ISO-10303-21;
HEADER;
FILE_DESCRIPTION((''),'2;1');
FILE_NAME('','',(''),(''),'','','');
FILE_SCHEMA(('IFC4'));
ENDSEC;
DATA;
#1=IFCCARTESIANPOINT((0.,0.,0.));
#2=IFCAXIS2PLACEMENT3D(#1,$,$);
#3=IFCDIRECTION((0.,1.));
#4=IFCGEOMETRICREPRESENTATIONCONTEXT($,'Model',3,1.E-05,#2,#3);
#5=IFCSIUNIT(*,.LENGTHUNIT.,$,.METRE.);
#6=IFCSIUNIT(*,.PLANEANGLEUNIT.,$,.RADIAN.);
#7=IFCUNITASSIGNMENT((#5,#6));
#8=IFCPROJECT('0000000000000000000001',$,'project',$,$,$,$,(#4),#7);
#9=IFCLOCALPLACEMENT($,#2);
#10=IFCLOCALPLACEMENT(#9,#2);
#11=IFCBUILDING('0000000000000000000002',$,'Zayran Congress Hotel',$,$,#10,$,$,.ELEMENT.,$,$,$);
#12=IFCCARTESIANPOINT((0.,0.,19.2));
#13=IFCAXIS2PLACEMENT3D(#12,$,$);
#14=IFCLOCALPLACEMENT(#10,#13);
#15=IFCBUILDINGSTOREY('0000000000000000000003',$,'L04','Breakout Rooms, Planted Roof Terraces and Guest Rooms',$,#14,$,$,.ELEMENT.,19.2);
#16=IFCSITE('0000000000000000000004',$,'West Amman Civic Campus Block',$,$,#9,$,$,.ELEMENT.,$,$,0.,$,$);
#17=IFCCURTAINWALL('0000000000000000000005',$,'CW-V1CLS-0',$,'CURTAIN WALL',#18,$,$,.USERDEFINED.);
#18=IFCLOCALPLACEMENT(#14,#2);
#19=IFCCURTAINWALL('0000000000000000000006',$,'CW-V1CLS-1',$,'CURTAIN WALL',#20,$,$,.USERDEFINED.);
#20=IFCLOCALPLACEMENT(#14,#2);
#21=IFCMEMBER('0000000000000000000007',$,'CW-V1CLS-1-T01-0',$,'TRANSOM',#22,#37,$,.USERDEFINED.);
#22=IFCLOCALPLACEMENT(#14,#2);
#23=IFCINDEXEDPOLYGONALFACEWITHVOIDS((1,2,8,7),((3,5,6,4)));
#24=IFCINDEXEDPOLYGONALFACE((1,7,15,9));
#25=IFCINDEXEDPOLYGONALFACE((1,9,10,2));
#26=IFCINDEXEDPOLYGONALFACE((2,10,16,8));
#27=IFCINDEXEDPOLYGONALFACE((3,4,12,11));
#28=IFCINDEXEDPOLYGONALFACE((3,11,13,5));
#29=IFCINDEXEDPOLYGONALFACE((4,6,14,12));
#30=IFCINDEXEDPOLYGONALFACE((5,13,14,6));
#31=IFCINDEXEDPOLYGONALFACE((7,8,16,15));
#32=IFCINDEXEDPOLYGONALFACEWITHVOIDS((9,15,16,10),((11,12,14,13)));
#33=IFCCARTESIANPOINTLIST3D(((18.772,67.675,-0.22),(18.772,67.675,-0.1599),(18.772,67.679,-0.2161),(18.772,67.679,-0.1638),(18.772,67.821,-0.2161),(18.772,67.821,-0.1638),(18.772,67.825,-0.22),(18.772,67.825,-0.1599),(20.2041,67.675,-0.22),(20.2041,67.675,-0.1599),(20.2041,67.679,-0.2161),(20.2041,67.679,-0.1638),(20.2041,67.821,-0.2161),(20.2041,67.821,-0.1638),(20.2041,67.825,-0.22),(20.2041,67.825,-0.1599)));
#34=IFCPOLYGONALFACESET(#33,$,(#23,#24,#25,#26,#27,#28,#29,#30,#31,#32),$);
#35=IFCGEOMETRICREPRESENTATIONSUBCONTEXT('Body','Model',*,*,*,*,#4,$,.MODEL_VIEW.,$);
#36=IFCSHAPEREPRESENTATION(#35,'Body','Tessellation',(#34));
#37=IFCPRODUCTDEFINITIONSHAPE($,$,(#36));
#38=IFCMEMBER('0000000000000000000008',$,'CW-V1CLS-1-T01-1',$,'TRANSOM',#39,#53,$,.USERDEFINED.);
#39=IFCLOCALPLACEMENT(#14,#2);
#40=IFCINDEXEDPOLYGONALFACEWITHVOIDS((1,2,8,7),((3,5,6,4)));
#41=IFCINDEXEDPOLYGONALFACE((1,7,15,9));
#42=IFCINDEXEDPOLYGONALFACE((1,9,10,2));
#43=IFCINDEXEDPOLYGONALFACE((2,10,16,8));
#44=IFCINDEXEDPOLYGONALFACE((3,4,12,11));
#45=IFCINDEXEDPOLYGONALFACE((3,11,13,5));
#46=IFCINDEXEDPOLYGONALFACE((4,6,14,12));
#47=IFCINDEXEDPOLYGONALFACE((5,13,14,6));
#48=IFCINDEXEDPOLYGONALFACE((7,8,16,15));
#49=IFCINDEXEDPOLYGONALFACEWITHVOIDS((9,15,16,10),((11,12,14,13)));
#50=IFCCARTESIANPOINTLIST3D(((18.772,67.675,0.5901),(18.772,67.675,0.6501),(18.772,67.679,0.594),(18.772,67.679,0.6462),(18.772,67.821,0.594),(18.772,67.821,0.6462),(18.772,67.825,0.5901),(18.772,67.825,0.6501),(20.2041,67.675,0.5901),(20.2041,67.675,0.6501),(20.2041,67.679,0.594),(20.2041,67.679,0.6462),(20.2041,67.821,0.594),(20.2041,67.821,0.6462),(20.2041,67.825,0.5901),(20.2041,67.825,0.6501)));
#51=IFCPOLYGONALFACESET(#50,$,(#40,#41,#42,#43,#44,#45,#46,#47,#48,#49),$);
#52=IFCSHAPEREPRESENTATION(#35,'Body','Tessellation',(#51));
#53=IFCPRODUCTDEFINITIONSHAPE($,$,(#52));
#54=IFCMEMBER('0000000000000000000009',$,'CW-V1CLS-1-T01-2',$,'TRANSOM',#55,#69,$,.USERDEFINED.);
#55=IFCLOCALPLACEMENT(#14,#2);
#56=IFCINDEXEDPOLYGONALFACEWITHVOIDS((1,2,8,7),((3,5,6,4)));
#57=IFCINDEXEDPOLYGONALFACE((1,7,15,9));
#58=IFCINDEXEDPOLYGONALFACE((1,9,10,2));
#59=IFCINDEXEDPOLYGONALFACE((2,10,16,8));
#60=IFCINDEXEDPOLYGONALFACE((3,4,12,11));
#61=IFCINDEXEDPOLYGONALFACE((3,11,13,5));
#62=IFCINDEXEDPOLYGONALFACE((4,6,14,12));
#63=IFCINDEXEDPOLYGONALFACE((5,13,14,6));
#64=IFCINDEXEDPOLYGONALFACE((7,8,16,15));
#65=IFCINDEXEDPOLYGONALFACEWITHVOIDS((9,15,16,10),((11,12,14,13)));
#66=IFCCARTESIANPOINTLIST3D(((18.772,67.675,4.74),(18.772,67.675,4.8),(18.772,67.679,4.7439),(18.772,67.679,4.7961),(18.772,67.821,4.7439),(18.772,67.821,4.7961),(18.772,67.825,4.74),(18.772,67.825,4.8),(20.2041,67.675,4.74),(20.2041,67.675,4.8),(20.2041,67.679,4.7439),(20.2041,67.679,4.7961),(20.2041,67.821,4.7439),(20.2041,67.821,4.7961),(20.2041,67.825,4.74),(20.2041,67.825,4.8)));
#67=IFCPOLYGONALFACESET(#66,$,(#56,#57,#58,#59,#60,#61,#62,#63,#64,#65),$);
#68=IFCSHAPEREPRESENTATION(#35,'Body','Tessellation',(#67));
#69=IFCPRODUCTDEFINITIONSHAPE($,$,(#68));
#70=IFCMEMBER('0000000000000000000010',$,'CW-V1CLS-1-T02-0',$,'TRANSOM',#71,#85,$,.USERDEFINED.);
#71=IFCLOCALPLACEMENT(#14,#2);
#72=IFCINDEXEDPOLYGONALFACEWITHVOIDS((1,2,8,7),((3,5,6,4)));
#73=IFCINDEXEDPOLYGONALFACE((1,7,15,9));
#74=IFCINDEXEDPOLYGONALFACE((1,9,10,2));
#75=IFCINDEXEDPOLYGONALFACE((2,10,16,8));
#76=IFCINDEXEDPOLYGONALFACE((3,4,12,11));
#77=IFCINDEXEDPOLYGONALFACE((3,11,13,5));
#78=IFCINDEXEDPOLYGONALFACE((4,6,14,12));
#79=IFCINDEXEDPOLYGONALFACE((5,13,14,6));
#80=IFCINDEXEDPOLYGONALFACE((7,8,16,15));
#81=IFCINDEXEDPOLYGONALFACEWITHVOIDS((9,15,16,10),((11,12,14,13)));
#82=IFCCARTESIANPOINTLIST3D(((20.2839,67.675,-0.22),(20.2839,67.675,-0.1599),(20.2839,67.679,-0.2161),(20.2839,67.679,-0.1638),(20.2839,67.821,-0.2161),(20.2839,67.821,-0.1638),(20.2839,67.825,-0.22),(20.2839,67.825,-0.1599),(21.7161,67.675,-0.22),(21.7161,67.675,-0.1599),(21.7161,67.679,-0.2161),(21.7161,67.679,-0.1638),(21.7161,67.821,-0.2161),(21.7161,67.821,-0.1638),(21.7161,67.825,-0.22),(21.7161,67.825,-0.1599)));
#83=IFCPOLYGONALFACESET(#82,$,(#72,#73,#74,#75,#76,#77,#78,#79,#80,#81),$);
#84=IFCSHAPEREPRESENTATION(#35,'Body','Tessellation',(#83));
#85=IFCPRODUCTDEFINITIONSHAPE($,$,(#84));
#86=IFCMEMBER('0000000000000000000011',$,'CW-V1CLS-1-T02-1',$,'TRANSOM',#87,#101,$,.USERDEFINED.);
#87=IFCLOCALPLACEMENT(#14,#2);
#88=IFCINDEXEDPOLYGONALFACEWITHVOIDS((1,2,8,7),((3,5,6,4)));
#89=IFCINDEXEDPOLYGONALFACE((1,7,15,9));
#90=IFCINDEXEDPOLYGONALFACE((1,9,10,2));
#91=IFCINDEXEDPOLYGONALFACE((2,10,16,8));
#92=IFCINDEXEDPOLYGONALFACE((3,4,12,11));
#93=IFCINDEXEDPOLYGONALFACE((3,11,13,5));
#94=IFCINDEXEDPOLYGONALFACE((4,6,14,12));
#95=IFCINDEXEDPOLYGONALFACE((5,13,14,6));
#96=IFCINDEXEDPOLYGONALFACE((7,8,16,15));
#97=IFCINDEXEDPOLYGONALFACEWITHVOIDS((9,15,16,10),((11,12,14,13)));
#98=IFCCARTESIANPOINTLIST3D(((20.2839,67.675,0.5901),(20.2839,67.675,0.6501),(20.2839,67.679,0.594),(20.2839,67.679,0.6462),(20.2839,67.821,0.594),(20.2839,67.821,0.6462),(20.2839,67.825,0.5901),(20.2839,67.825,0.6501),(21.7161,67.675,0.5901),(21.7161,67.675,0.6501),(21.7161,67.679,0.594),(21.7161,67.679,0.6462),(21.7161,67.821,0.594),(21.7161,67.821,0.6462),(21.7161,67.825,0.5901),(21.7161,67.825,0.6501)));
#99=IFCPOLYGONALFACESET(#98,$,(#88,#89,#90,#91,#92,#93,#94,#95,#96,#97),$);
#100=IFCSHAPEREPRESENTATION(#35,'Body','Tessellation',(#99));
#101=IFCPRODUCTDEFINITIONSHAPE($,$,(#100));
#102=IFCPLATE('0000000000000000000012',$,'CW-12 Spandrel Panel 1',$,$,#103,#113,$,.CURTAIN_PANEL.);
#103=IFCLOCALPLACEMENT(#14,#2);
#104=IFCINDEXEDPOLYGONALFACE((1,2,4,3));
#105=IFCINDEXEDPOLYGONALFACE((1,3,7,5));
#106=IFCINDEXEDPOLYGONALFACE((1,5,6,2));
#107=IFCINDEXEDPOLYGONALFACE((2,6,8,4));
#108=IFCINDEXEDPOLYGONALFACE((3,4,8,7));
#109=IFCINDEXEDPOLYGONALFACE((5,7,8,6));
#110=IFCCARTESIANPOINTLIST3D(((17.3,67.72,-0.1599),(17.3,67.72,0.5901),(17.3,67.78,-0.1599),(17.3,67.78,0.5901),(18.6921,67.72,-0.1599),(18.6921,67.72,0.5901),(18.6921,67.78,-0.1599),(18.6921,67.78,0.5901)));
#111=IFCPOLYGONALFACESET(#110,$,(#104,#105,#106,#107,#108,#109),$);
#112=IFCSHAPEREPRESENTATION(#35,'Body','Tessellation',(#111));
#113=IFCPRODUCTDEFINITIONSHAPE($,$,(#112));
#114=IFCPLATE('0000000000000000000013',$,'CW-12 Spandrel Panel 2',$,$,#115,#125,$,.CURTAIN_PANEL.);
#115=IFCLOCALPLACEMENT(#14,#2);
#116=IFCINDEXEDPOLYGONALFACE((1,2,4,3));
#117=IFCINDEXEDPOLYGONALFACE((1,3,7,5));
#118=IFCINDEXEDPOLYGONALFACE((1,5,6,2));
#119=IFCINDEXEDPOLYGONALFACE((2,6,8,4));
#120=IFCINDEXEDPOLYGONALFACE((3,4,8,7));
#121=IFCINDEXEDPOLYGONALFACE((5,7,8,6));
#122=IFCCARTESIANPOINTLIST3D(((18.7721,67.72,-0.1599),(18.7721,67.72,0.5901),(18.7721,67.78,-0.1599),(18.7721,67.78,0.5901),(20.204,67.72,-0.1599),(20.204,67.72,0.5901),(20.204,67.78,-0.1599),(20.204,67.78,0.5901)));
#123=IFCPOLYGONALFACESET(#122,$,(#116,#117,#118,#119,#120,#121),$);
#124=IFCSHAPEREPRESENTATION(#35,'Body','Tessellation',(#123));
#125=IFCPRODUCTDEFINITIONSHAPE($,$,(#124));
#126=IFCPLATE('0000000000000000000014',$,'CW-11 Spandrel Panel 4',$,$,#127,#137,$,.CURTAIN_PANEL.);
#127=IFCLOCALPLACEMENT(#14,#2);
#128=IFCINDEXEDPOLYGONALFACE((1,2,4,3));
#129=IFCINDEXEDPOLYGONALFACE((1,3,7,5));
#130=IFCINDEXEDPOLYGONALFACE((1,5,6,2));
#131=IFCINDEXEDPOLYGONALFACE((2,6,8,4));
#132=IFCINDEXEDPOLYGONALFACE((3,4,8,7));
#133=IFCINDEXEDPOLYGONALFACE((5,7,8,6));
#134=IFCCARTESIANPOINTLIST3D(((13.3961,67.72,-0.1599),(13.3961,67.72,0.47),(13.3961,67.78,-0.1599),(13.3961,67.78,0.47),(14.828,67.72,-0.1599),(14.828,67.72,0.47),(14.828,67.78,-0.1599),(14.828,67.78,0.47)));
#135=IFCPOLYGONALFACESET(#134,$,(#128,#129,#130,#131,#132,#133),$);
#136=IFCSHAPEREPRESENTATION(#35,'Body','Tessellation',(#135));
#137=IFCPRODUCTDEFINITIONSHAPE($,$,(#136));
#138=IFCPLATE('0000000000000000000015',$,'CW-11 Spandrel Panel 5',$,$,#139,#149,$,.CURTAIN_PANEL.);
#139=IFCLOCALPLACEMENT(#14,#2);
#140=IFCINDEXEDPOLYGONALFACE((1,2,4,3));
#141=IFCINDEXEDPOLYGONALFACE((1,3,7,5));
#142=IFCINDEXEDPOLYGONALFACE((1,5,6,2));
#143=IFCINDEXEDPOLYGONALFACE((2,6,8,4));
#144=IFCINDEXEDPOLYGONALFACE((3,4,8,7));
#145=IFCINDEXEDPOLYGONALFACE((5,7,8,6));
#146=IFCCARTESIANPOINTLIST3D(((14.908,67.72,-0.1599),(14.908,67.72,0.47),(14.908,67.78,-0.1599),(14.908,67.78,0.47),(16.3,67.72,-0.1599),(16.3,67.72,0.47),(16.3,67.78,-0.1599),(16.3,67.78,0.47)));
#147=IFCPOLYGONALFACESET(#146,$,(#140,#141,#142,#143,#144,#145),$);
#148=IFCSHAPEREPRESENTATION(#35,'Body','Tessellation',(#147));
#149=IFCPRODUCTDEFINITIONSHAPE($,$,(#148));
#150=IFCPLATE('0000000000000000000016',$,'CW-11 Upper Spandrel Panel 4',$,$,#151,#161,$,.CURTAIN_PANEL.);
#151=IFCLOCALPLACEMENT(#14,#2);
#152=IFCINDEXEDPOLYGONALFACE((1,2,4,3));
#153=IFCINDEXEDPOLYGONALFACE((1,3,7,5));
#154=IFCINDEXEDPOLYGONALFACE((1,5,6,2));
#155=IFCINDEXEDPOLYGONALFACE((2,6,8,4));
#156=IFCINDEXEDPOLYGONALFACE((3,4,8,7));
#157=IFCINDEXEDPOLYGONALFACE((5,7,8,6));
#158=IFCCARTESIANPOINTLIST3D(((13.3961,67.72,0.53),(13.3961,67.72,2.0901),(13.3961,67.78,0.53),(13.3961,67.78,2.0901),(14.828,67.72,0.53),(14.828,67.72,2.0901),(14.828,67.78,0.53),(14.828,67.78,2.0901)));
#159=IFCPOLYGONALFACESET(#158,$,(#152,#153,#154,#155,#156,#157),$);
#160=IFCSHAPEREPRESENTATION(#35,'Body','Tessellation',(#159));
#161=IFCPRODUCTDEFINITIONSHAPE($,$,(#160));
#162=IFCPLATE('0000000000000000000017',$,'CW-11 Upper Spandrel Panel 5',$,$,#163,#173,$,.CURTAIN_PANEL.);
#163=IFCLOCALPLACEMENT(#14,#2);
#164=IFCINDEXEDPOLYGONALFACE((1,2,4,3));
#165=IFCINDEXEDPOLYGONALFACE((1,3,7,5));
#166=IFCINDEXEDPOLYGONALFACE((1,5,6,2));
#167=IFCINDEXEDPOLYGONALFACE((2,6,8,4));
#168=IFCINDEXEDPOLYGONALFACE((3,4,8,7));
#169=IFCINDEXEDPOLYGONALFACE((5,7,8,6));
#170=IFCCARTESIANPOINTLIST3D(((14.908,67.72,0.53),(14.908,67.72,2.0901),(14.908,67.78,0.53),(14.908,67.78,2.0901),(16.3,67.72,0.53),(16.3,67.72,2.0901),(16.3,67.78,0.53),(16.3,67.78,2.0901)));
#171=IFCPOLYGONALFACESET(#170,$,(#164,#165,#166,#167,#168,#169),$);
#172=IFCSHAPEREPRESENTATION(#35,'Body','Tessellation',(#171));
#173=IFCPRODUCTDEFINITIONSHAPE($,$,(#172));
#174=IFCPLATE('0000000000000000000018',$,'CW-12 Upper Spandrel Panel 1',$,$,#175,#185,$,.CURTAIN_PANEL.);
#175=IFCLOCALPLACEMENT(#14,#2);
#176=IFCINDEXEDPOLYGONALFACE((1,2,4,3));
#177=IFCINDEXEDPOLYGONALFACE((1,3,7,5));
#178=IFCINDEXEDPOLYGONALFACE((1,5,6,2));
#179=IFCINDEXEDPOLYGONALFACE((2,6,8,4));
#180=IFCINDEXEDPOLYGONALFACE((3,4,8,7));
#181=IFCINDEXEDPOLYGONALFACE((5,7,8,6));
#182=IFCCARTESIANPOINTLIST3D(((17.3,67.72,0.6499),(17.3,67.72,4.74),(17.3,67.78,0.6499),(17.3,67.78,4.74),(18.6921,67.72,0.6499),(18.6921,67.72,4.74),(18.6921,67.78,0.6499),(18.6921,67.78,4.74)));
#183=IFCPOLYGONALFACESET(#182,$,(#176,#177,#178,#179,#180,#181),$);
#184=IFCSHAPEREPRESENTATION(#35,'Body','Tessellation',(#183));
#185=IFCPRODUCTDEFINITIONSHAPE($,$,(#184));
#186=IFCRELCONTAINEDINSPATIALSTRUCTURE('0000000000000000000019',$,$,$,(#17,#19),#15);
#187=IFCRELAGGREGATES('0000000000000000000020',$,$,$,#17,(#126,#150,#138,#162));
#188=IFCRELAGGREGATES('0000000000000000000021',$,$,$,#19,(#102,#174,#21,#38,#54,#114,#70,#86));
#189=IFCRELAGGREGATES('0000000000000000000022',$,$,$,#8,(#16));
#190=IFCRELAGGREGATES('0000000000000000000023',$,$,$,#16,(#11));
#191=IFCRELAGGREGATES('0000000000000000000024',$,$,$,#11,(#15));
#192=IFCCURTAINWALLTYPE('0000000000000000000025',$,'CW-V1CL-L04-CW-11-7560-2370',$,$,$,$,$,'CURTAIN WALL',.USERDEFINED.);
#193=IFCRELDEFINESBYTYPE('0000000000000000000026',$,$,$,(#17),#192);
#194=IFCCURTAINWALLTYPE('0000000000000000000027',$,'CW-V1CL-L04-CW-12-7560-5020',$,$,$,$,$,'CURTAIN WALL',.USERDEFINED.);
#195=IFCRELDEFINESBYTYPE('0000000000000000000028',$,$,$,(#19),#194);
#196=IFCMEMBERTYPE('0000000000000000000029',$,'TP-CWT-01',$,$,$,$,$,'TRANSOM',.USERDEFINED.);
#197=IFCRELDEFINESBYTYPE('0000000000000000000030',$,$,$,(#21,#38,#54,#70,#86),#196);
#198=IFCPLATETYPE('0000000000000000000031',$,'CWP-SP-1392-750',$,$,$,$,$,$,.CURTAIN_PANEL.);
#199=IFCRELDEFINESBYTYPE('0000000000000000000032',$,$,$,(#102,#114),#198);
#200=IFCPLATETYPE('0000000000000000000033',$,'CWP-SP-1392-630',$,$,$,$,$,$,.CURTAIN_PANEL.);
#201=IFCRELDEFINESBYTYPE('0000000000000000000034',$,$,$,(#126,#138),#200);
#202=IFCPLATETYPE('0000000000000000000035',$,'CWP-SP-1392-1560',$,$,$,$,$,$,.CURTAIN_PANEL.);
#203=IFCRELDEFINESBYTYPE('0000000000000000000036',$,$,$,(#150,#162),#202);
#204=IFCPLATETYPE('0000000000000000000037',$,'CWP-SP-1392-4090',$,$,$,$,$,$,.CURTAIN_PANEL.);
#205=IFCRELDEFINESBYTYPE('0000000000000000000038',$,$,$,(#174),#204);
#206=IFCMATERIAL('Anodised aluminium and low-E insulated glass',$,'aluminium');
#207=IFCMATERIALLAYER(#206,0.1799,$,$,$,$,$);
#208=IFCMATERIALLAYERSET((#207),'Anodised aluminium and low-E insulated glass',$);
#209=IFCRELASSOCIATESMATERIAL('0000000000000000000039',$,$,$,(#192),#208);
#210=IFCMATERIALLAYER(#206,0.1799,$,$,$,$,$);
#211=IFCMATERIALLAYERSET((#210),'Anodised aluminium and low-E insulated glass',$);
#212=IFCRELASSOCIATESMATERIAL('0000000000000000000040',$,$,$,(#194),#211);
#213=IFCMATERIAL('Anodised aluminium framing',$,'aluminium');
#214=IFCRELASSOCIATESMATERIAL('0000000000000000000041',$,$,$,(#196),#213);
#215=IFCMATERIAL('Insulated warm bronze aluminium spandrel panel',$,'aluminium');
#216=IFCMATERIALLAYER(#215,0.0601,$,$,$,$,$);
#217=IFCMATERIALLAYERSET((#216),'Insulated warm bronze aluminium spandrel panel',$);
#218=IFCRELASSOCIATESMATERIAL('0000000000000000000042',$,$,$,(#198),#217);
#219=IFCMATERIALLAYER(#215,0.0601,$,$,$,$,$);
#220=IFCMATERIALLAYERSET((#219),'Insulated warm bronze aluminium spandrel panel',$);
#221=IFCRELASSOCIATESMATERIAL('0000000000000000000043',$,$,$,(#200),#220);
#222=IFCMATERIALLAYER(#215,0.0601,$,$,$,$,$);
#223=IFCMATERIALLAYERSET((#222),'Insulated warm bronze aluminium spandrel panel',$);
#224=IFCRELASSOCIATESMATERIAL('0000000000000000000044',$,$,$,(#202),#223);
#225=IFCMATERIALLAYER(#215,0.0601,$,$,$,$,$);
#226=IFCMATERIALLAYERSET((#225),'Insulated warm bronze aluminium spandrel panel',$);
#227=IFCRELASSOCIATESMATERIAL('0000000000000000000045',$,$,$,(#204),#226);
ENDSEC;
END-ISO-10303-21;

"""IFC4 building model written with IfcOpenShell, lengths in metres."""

from ifc_helpers import new_model, si_unit, direction, frame, origin, origin_2d, place, context, subcontext, project, spatial, rectangle, hollow_rectangle, extrude, material, layer, layer_set, material_profile, profile_set, type_object, element, aggregate, save


model = new_model("IFC4")

# Units and contexts
model_context = context("Model", 3, precision=1e-05, world=origin(), true_north=direction((0.0, 1.0)))
body_context = subcontext(model_context, "Body", "Model", "MODEL_VIEW")
ifc_project = project(units=[si_unit("LENGTHUNIT", "METRE"), si_unit("PLANEANGLEUNIT", "RADIAN")], contexts=[model_context])

# Site, building, storey
site_placement = place(None, origin())
site = spatial("IfcSite", under=ifc_project, at=site_placement, Name="West Amman Civic Campus Block", CompositionType="ELEMENT", RefElevation=0.0)
building_placement = place(site_placement, origin())
building = spatial("IfcBuilding", under=site, at=building_placement, Name="Zayran Congress Hotel", CompositionType="ELEMENT")
storey_placement = place(building_placement, frame((0.0, 0.0, 19.2)))
storey = spatial("IfcBuildingStorey", under=building, at=storey_placement, Name="L04", Description="Breakout Rooms, Planted Roof Terraces and Guest Rooms", CompositionType="ELEMENT", Elevation=19.2)

# Curtain walls
ifc_material_1 = material(Name="Anodised aluminium and low-E insulated glass", Category="aluminium")
ifc_layer_1 = layer(ifc_material_1, 0.1799)
ifc_layer_set_1 = layer_set([ifc_layer_1], Name="Anodised aluminium and low-E insulated glass")
curtain_wall_type_1 = type_object("IfcCurtainWallType", Name="CW-V1CL-L04-CW-11-7560-2370", ElementType="CURTAIN WALL", PredefinedType="USERDEFINED", material=ifc_layer_set_1)
curtain_wall_1_placement = place(storey_placement, origin())
curtain_wall_1 = element("IfcCurtainWall", 1, at=curtain_wall_1_placement, inside=storey, type_object=curtain_wall_type_1, Name="CW-V1CLS-0", ObjectType="CURTAIN WALL", PredefinedType="USERDEFINED")
ifc_material_2 = material(Name="Anodised aluminium framing", Category="aluminium")
ifc_layer_2 = layer(ifc_material_1, 0.1799)
ifc_layer_set_2 = layer_set([ifc_layer_2], Name="Anodised aluminium and low-E insulated glass")
curtain_wall_type_2 = type_object("IfcCurtainWallType", Name="CW-V1CL-L04-CW-12-7560-5020", ElementType="CURTAIN WALL", PredefinedType="USERDEFINED", material=ifc_layer_set_2)
curtain_wall_2_placement = place(storey_placement, origin())
curtain_wall_2 = element("IfcCurtainWall", 2, at=curtain_wall_2_placement, inside=storey, type_object=curtain_wall_type_2, Name="CW-V1CLS-1", ObjectType="CURTAIN WALL", PredefinedType="USERDEFINED")

# Members
ifc_material_profile_1 = material_profile(ifc_material_2, hollow_rectangle(XDim=0.0601, YDim=0.1499, WallThickness=0.0039, at=origin_2d()), Name="RHS 150x60x4")
ifc_profile_set_1 = profile_set([ifc_material_profile_1], Name="Anodised aluminium framing")
member_type_1 = type_object("IfcMemberType", Name="TP-CWT-01", ElementType="TRANSOM", PredefinedType="USERDEFINED", material=ifc_profile_set_1)
member_1_placement = place(storey_placement, frame((18.772, 67.75, -0.1899), z_axis=(1.0, 0.0, 0.0), x_axis=(0.0, 0.0, 1.0)))
member_1 = element("IfcMember", 3, at=member_1_placement, type_object=member_type_1, Name="CW-V1CLS-1-T01-0", ObjectType="TRANSOM", PredefinedType="USERDEFINED", context=body_context, shape_type="SweptSolid", body=[
    extrude(hollow_rectangle(XDim=0.0601, YDim=0.1499, WallThickness=0.0039, at=origin_2d()), origin(), (0.0, 0.0, 1.0), 1.4321),
])
member_2_placement = place(storey_placement, frame((18.772, 67.75, 0.6201), z_axis=(1.0, 0.0, 0.0), x_axis=(0.0, 0.0, 1.0)))
member_2 = element("IfcMember", 4, at=member_2_placement, type_object=member_type_1, Name="CW-V1CLS-1-T01-1", ObjectType="TRANSOM", PredefinedType="USERDEFINED", context=body_context, shape_type="SweptSolid", body=[
    extrude(hollow_rectangle(XDim=0.0601, YDim=0.1499, WallThickness=0.0039, at=origin_2d()), origin(), (0.0, 0.0, 1.0), 1.4321),
])
member_3_placement = place(storey_placement, frame((18.772, 67.75, 4.77), z_axis=(1.0, 0.0, 0.0), x_axis=(0.0, 0.0, 1.0)))
member_3 = element("IfcMember", 5, at=member_3_placement, type_object=member_type_1, Name="CW-V1CLS-1-T01-2", ObjectType="TRANSOM", PredefinedType="USERDEFINED", context=body_context, shape_type="SweptSolid", body=[
    extrude(hollow_rectangle(XDim=0.0601, YDim=0.1499, WallThickness=0.0039, at=origin_2d()), origin(), (0.0, 0.0, 1.0), 1.4321),
])
member_4_placement = place(storey_placement, frame((20.2839, 67.75, -0.1899), z_axis=(1.0, 0.0, 0.0), x_axis=(0.0, 0.0, 1.0)))
member_4 = element("IfcMember", 6, at=member_4_placement, type_object=member_type_1, Name="CW-V1CLS-1-T02-0", ObjectType="TRANSOM", PredefinedType="USERDEFINED", context=body_context, shape_type="SweptSolid", body=[
    extrude(hollow_rectangle(XDim=0.0601, YDim=0.1499, WallThickness=0.0039, at=origin_2d()), origin(), (0.0, 0.0, 1.0), 1.4321),
])
member_5_placement = place(storey_placement, frame((20.2839, 67.75, 0.6201), z_axis=(1.0, 0.0, 0.0), x_axis=(0.0, 0.0, 1.0)))
member_5 = element("IfcMember", 7, at=member_5_placement, type_object=member_type_1, Name="CW-V1CLS-1-T02-1", ObjectType="TRANSOM", PredefinedType="USERDEFINED", context=body_context, shape_type="SweptSolid", body=[
    extrude(hollow_rectangle(XDim=0.0601, YDim=0.1499, WallThickness=0.0039, at=origin_2d()), origin(), (0.0, 0.0, 1.0), 1.4321),
])

# Plates
ifc_material_3 = material(Name="Insulated warm bronze aluminium spandrel panel", Category="aluminium")
ifc_layer_3 = layer(ifc_material_3, 0.0601)
ifc_layer_set_3 = layer_set([ifc_layer_3], Name="Insulated warm bronze aluminium spandrel panel")
plate_type_1 = type_object("IfcPlateType", Name="CWP-SP-1392-750", PredefinedType="CURTAIN_PANEL", material=ifc_layer_set_3)
plate_1_placement = place(storey_placement, frame((17.9961, 67.75, -0.1599), z_axis=(0.0, 0.0, 1.0), x_axis=(1.0, 0.0, 0.0)))
plate_1 = element("IfcPlate", 8, at=plate_1_placement, type_object=plate_type_1, Name="CW-12 Spandrel Panel 1", PredefinedType="CURTAIN_PANEL", context=body_context, shape_type="SweptSolid", body=[
    extrude(rectangle(XDim=1.3921, YDim=0.0601, at=origin_2d()), origin(), (0.0, 0.0, 1.0), 0.75),
])
plate_2_placement = place(storey_placement, frame((19.488, 67.75, -0.1599), z_axis=(0.0, 0.0, 1.0), x_axis=(1.0, 0.0, 0.0)))
plate_2 = element("IfcPlate", 9, at=plate_2_placement, type_object=plate_type_1, Name="CW-12 Spandrel Panel 2", PredefinedType="CURTAIN_PANEL", context=body_context, shape_type="SweptSolid", body=[
    extrude(rectangle(XDim=1.4319, YDim=0.0601, at=origin_2d()), origin(), (0.0, 0.0, 1.0), 0.75),
])
ifc_layer_4 = layer(ifc_material_3, 0.0601)
ifc_layer_set_4 = layer_set([ifc_layer_4], Name="Insulated warm bronze aluminium spandrel panel")
plate_type_2 = type_object("IfcPlateType", Name="CWP-SP-1392-630", PredefinedType="CURTAIN_PANEL", material=ifc_layer_set_4)
plate_3_placement = place(storey_placement, frame((14.1121, 67.75, -0.1599), z_axis=(0.0, 0.0, 1.0), x_axis=(1.0, 0.0, 0.0)))
plate_3 = element("IfcPlate", 10, at=plate_3_placement, type_object=plate_type_2, Name="CW-11 Spandrel Panel 4", PredefinedType="CURTAIN_PANEL", context=body_context, shape_type="SweptSolid", body=[
    extrude(rectangle(XDim=1.4319, YDim=0.0601, at=origin_2d()), origin(), (0.0, 0.0, 1.0), 0.6299),
])
plate_4_placement = place(storey_placement, frame((15.604, 67.75, -0.1599), z_axis=(0.0, 0.0, 1.0), x_axis=(1.0, 0.0, 0.0)))
plate_4 = element("IfcPlate", 11, at=plate_4_placement, type_object=plate_type_2, Name="CW-11 Spandrel Panel 5", PredefinedType="CURTAIN_PANEL", context=body_context, shape_type="SweptSolid", body=[
    extrude(rectangle(XDim=1.3921, YDim=0.0601, at=origin_2d()), origin(), (0.0, 0.0, 1.0), 0.6299),
])
ifc_layer_5 = layer(ifc_material_3, 0.0601)
ifc_layer_set_5 = layer_set([ifc_layer_5], Name="Insulated warm bronze aluminium spandrel panel")
plate_type_3 = type_object("IfcPlateType", Name="CWP-SP-1392-1560", PredefinedType="CURTAIN_PANEL", material=ifc_layer_set_5)
plate_5_placement = place(storey_placement, frame((14.1121, 67.75, 0.53), z_axis=(0.0, 0.0, 1.0), x_axis=(1.0, 0.0, 0.0)))
plate_5 = element("IfcPlate", 12, at=plate_5_placement, type_object=plate_type_3, Name="CW-11 Upper Spandrel Panel 4", PredefinedType="CURTAIN_PANEL", context=body_context, shape_type="SweptSolid", body=[
    extrude(rectangle(XDim=1.4319, YDim=0.0601, at=origin_2d()), origin(), (0.0, 0.0, 1.0), 1.5601),
])
plate_6_placement = place(storey_placement, frame((15.604, 67.75, 0.53), z_axis=(0.0, 0.0, 1.0), x_axis=(1.0, 0.0, 0.0)))
plate_6 = element("IfcPlate", 13, at=plate_6_placement, type_object=plate_type_3, Name="CW-11 Upper Spandrel Panel 5", PredefinedType="CURTAIN_PANEL", context=body_context, shape_type="SweptSolid", body=[
    extrude(rectangle(XDim=1.3921, YDim=0.0601, at=origin_2d()), origin(), (0.0, 0.0, 1.0), 1.5601),
])
aggregate(curtain_wall_1, [plate_3, plate_5, plate_4, plate_6])
ifc_layer_6 = layer(ifc_material_3, 0.0601)
ifc_layer_set_6 = layer_set([ifc_layer_6], Name="Insulated warm bronze aluminium spandrel panel")
plate_type_4 = type_object("IfcPlateType", Name="CWP-SP-1392-4090", PredefinedType="CURTAIN_PANEL", material=ifc_layer_set_6)
plate_7_placement = place(storey_placement, frame((17.9961, 67.75, 0.6499), z_axis=(0.0, 0.0, 1.0), x_axis=(1.0, 0.0, 0.0)))
plate_7 = element("IfcPlate", 14, at=plate_7_placement, type_object=plate_type_4, Name="CW-12 Upper Spandrel Panel 1", PredefinedType="CURTAIN_PANEL", context=body_context, shape_type="SweptSolid", body=[
    extrude(rectangle(XDim=1.3921, YDim=0.0601, at=origin_2d()), origin(), (0.0, 0.0, 1.0), 4.0901),
])
aggregate(curtain_wall_2, [plate_1, plate_7, member_1, member_2, member_3, plate_2, member_4, member_5])

save(model, "model.ifc")
